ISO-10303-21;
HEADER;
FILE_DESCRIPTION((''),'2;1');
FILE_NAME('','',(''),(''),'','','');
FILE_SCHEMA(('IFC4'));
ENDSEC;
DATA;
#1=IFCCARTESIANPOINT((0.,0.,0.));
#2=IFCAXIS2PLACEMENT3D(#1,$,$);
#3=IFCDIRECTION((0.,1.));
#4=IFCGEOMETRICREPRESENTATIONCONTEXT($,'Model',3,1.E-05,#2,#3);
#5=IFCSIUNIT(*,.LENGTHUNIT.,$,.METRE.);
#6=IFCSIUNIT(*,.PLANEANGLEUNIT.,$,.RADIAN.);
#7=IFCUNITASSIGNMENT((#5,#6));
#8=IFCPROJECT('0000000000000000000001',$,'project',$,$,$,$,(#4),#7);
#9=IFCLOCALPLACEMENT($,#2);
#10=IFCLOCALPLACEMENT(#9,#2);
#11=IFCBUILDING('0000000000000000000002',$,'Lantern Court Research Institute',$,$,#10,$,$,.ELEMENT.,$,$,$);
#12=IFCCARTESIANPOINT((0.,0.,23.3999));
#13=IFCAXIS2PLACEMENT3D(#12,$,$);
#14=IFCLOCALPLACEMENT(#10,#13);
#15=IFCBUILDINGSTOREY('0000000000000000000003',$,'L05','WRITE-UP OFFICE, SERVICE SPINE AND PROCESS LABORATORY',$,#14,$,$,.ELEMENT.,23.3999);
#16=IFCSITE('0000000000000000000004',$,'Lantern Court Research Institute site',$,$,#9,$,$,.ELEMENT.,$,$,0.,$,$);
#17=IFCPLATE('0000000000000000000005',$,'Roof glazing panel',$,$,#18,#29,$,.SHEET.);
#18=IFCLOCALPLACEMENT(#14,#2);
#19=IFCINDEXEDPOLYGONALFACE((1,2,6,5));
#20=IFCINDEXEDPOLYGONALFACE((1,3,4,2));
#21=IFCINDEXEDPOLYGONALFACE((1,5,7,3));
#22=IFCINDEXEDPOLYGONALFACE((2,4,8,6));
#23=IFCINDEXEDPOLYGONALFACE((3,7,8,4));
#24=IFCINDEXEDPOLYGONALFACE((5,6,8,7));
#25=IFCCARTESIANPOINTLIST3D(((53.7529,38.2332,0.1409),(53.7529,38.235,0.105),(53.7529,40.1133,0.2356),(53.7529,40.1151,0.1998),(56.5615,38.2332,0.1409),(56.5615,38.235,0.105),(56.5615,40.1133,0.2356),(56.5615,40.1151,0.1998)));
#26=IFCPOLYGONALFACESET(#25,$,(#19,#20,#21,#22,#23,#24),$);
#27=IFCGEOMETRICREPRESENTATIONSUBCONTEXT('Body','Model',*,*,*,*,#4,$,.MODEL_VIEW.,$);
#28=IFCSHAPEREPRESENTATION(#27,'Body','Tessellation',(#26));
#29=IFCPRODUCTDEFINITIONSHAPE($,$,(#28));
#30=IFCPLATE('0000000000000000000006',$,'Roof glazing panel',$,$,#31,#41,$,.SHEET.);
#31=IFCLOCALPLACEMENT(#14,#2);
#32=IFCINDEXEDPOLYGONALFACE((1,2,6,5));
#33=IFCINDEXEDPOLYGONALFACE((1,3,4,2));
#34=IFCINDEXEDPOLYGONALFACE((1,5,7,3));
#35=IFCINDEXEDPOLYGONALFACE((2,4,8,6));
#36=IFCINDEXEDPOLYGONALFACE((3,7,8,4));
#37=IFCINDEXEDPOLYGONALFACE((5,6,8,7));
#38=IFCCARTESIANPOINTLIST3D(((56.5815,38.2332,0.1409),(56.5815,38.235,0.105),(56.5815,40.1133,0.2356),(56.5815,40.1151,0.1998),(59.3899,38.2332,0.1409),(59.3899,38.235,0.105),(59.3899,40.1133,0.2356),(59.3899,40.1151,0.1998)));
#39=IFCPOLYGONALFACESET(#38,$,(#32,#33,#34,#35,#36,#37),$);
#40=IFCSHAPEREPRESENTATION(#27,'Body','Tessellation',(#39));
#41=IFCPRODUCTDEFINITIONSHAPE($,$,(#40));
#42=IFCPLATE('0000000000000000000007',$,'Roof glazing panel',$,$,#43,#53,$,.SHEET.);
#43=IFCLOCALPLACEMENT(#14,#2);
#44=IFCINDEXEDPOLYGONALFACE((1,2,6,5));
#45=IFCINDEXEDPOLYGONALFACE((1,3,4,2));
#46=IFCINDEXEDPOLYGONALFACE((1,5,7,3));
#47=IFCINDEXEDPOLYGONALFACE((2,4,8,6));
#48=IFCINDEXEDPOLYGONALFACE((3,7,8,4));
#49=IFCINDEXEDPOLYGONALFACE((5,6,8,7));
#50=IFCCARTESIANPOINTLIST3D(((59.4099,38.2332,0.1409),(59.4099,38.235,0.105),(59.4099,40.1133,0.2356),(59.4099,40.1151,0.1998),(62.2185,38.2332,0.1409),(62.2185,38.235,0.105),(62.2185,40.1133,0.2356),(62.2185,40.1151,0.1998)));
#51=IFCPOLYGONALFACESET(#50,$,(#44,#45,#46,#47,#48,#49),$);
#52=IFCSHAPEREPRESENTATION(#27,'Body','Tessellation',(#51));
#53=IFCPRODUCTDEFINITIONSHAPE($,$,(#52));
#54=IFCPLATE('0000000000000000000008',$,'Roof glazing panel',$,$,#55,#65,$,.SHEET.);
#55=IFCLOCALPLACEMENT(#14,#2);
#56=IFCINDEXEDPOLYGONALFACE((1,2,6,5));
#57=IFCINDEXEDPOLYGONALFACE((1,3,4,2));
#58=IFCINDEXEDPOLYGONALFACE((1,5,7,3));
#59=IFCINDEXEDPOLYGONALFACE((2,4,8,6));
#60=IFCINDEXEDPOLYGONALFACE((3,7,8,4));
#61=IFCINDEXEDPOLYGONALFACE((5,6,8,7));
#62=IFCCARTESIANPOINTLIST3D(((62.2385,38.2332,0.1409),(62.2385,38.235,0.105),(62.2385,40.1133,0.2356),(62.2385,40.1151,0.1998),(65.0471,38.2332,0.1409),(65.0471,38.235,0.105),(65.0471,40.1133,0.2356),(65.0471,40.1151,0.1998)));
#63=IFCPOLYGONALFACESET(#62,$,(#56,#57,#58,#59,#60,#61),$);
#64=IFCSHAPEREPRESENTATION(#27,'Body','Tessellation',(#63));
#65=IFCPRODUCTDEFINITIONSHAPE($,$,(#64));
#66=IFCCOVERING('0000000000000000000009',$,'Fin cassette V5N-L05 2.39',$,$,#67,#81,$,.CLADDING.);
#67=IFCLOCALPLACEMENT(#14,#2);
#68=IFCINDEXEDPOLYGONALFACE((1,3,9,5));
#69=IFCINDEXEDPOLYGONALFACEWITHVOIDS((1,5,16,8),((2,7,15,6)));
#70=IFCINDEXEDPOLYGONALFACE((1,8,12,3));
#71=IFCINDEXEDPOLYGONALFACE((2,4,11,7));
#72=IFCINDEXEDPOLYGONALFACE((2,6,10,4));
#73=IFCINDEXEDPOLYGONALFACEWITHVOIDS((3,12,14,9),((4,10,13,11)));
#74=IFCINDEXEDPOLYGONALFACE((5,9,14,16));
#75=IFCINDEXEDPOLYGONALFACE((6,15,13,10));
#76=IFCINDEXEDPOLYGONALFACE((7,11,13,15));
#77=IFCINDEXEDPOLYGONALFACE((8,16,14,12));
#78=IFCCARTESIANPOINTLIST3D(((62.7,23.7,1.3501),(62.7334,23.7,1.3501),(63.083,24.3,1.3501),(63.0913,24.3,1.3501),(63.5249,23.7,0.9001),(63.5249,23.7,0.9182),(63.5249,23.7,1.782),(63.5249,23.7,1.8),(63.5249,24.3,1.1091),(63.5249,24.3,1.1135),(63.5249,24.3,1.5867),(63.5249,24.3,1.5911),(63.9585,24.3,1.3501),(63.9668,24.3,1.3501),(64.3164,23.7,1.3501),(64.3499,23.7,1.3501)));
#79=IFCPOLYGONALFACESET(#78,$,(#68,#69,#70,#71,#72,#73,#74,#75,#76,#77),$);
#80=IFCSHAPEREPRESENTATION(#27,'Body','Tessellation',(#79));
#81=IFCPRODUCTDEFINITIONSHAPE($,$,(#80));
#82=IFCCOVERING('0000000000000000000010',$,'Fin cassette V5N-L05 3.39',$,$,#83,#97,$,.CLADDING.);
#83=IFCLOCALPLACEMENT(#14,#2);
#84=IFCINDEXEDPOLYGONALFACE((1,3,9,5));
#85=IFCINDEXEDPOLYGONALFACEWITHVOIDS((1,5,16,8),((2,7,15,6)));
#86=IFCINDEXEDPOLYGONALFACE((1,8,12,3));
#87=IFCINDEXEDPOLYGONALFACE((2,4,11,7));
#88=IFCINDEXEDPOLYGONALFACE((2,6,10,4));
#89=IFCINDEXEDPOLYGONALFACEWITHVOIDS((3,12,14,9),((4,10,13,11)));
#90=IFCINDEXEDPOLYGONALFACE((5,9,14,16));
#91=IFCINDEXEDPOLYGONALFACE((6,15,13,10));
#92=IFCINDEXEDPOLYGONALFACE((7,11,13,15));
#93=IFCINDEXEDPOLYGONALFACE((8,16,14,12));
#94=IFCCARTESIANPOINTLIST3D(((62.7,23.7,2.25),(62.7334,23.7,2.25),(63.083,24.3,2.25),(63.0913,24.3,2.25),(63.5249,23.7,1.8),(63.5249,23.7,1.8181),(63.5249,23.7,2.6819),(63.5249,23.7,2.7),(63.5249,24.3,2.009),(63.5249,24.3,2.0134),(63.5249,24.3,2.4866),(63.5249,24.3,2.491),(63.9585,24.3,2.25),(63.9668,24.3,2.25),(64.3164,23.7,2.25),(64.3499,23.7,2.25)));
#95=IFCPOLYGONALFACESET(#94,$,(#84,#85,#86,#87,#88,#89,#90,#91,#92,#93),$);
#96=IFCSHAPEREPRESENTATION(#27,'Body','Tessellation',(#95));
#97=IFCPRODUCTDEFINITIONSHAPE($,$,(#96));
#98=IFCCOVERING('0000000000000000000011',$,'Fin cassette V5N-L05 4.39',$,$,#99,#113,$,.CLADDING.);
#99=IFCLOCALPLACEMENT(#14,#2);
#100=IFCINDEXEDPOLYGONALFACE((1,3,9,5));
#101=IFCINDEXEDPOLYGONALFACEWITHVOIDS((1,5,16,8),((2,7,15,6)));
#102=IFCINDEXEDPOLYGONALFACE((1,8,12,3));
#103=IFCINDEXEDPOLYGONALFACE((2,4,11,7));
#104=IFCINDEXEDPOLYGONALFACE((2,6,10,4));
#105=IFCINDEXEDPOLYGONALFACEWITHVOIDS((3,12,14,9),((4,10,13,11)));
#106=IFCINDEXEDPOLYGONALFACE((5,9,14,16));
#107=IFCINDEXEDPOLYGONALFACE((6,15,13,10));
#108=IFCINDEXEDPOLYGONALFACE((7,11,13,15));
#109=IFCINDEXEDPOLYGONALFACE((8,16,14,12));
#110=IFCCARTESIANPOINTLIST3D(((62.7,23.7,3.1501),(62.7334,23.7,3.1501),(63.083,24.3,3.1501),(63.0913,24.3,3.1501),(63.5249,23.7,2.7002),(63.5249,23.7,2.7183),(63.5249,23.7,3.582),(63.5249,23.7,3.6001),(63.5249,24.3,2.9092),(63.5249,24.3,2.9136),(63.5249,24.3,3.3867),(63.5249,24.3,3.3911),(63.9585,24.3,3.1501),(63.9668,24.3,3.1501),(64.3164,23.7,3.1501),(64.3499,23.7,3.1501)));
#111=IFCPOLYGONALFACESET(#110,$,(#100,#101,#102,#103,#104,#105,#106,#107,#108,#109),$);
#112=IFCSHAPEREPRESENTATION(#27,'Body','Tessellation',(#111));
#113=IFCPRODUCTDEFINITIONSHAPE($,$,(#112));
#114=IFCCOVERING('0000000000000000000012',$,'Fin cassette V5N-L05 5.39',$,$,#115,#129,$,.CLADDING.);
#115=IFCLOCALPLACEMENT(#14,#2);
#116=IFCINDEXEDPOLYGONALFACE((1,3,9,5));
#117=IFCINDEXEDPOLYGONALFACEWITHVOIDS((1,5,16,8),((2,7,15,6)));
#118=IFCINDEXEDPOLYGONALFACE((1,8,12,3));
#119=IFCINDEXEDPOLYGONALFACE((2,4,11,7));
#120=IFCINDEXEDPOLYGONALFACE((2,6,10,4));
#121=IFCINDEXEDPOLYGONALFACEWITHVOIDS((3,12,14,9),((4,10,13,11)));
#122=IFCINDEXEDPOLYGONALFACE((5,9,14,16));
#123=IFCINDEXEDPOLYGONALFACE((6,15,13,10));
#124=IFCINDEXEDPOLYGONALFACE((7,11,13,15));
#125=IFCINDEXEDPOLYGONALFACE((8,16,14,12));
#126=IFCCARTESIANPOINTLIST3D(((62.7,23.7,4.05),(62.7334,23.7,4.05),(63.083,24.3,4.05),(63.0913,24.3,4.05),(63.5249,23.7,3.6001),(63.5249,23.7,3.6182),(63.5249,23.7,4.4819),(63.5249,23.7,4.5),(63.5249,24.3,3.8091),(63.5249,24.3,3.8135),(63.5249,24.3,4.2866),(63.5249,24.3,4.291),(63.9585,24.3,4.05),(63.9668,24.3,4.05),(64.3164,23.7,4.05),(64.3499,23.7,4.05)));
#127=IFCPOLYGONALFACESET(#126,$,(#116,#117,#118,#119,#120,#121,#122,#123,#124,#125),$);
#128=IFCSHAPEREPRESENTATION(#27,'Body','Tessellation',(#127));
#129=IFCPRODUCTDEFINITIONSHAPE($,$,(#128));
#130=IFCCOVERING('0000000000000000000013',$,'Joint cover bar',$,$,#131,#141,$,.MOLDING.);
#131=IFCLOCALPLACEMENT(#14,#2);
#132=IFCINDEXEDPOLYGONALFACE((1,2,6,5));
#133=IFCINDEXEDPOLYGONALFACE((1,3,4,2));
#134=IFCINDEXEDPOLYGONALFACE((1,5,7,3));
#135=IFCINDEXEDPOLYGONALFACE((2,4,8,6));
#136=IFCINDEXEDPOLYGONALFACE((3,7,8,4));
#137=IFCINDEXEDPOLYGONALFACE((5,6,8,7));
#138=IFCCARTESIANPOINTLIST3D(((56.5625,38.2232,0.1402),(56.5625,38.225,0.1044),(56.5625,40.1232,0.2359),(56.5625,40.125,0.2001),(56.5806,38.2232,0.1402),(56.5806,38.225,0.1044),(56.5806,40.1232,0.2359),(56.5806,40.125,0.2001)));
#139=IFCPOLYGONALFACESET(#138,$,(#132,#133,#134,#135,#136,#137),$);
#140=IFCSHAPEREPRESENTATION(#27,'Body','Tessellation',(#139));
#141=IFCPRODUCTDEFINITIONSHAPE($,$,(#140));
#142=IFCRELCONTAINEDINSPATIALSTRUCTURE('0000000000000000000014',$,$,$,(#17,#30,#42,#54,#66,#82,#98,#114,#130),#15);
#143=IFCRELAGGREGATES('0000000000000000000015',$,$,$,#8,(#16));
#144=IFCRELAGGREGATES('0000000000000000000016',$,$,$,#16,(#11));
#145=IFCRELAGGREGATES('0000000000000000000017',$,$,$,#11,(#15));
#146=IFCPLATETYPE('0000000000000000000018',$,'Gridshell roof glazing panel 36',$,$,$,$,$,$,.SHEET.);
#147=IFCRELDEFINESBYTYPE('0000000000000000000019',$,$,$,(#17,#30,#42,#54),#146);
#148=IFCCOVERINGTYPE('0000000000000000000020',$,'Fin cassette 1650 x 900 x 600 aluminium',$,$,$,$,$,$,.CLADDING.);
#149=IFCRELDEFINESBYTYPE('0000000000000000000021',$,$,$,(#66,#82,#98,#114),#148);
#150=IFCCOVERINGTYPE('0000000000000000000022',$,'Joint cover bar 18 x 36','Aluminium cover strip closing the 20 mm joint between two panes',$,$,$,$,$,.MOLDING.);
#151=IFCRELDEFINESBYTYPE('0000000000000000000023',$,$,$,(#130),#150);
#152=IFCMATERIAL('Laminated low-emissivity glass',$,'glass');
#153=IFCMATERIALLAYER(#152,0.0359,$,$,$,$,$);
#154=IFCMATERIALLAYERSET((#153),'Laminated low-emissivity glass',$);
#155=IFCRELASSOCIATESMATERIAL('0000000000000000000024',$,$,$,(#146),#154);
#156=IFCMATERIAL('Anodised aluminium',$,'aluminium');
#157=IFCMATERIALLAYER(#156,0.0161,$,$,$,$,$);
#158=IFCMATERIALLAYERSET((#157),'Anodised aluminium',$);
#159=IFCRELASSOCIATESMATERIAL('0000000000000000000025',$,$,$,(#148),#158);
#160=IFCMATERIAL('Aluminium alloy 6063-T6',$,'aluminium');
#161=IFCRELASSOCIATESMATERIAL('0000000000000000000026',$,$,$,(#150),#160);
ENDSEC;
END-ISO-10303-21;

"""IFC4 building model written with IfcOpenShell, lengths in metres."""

from ifc_helpers import new_model, entity, si_unit, direction, frame, origin, origin_2d, place, context, subcontext, project, spatial, polyline, rectangle, outline, extrude, material, layer, layer_set, material_profile, profile_set, type_object, element, save


model = new_model("IFC4")

# Units and contexts
model_context = context("Model", 3, precision=1e-05, world=origin(), true_north=direction((0.0, 1.0)))
body_context = subcontext(model_context, "Body", "Model", "MODEL_VIEW")
ifc_project = project(units=[si_unit("LENGTHUNIT", "METRE"), si_unit("PLANEANGLEUNIT", "RADIAN")], contexts=[model_context])

# Site, building, storey
site_placement = place(None, origin())
site = spatial("IfcSite", under=ifc_project, at=site_placement, Name="Lantern Court Research Institute site", CompositionType="ELEMENT", RefElevation=0.0)
building_placement = place(site_placement, origin())
building = spatial("IfcBuilding", under=site, at=building_placement, Name="Lantern Court Research Institute", CompositionType="ELEMENT")
storey_placement = place(building_placement, frame((0.0, 0.0, 23.3999)))
storey = spatial("IfcBuildingStorey", under=building, at=storey_placement, Name="L05", Description="WRITE-UP OFFICE, SERVICE SPINE AND PROCESS LABORATORY", CompositionType="ELEMENT", Elevation=23.3999)

# Plates
ifc_material_1 = material(Name="Laminated low-emissivity glass", Category="glass")
ifc_layer_1 = layer(ifc_material_1, 0.0359)
ifc_layer_set_1 = layer_set([ifc_layer_1], Name="Laminated low-emissivity glass")
plate_type = type_object("IfcPlateType", Name="Gridshell roof glazing panel 36", PredefinedType="SHEET", material=ifc_layer_set_1)
plate_1_placement = place(storey_placement, frame((56.5615, 38.2332, 0.1409), z_axis=(0.0, -0.050319, 0.998733), x_axis=(-1.0, 0.0, 0.0)))
element("IfcPlate", 1, at=plate_1_placement, inside=storey, type_object=plate_type, Name="Roof glazing panel", PredefinedType="SHEET", context=body_context, shape_type="SweptSolid", body=[
    extrude(outline(polyline([(0.0, 0.0), (2.8086, 0.0), (2.8086, -1.8825), (0.0, -1.8825), (0.0, 0.0)])), origin(), (0.0, 0.0, -1.0), 0.0359),
])
plate_2_placement = place(storey_placement, frame((59.3899, 38.2332, 0.1409), z_axis=(0.0, -0.050319, 0.998733), x_axis=(-1.0, 0.0, 0.0)))
element("IfcPlate", 2, at=plate_2_placement, inside=storey, type_object=plate_type, Name="Roof glazing panel", PredefinedType="SHEET", context=body_context, shape_type="SweptSolid", body=[
    extrude(outline(polyline([(0.0, 0.0), (2.8083, 0.0), (2.8083, -1.8825), (0.0, -1.8825), (0.0, 0.0)])), origin(), (0.0, 0.0, -1.0), 0.0359),
])
for number, where, z_axis, x_axis, name in (
    (3, (62.2185, 38.2332, 0.1409), (0.0, -0.050319, 0.998733), (-1.0, 0.0, 0.0), "Roof glazing panel"),
    (4, (65.0471, 38.2332, 0.1409), (0.0, -0.050319, 0.998733), (-1.0, 0.0, 0.0), "Roof glazing panel"),
):
    element("IfcPlate", number, at=place(storey_placement, frame(where, z_axis=z_axis, x_axis=x_axis)), inside=storey, type_object=plate_type, Name=name, PredefinedType="SHEET", context=body_context, shape_type="SweptSolid", body=[
        extrude(outline(polyline([(0.0, 0.0), (2.8086, 0.0), (2.8086, -1.8825), (0.0, -1.8825), (0.0, 0.0)])), origin(), (0.0, 0.0, -1.0), 0.0359),
    ])

# Coverings
ifc_material_2 = material(Name="Anodised aluminium", Category="aluminium")
ifc_layer_2 = layer(ifc_material_2, 0.0161)
ifc_layer_set_2 = layer_set([ifc_layer_2], Name="Anodised aluminium")
covering_type_1 = type_object("IfcCoveringType", Name="Fin cassette 1650 x 900 x 600 aluminium", PredefinedType="CLADDING", material=ifc_layer_set_2)
covering_1_placement = place(storey_placement, frame((63.5249, 23.7, 1.3501), z_axis=(0.0, 1.0, 0.0), x_axis=(-1.0, 0.0, 0.0)))
cartesian_point_1 = entity("IfcCartesianPoint", [0.825, 0.0])
cartesian_point_2 = entity("IfcCartesianPoint", [0.7915, 0.0])
cartesian_point_3 = entity("IfcCartesianPoint", [0.4419, 0.0])
cartesian_point_4 = entity("IfcCartesianPoint", [0.4336, 0.0])
element("IfcCovering", 5, at=covering_1_placement, inside=storey, type_object=covering_type_1, Name="Fin cassette V5N-L05 2.39", PredefinedType="CLADDING", context=body_context, shape_type="SweptSolid", body=[
    entity("IfcExtrudedAreaSolidTapered", entity("IfcArbitraryProfileDefWithVoids", "AREA", None, entity("IfcPolyline", [cartesian_point_1, entity("IfcCartesianPoint", [0.0, 0.45]), entity("IfcCartesianPoint", [-0.825, 0.0]), entity("IfcCartesianPoint", [0.0, -0.45]), cartesian_point_1]), [entity("IfcPolyline", [cartesian_point_2, entity("IfcCartesianPoint", [0.0, 0.4319]), entity("IfcCartesianPoint", [-0.7915, 0.0]), entity("IfcCartesianPoint", [0.0, -0.4319]), cartesian_point_2])]), entity("IfcAxis2Placement3D", entity("IfcCartesianPoint", [0.0, 0.0, 0.0])), entity("IfcDirection", [0.0, 0.0, 1.0]), 0.6001, entity("IfcArbitraryProfileDefWithVoids", "AREA", None, entity("IfcPolyline", [cartesian_point_3, entity("IfcCartesianPoint", [0.0, 0.241]), entity("IfcCartesianPoint", [-0.4419, 0.0]), entity("IfcCartesianPoint", [0.0, -0.241]), cartesian_point_3]), [entity("IfcPolyline", [cartesian_point_4, entity("IfcCartesianPoint", [0.0, 0.2366]), entity("IfcCartesianPoint", [-0.4336, 0.0]), entity("IfcCartesianPoint", [0.0, -0.2366]), cartesian_point_4])])),
])
covering_2_placement = place(storey_placement, frame((63.5249, 23.7, 2.25), z_axis=(0.0, 1.0, 0.0), x_axis=(-1.0, 0.0, 0.0)))
cartesian_point_5 = entity("IfcCartesianPoint", [0.825, 0.0])
cartesian_point_6 = entity("IfcCartesianPoint", [0.7915, 0.0])
cartesian_point_7 = entity("IfcCartesianPoint", [0.4419, 0.0])
cartesian_point_8 = entity("IfcCartesianPoint", [0.4336, 0.0])
element("IfcCovering", 6, at=covering_2_placement, inside=storey, type_object=covering_type_1, Name="Fin cassette V5N-L05 3.39", PredefinedType="CLADDING", context=body_context, shape_type="SweptSolid", body=[
    entity("IfcExtrudedAreaSolidTapered", entity("IfcArbitraryProfileDefWithVoids", "AREA", None, entity("IfcPolyline", [cartesian_point_5, entity("IfcCartesianPoint", [0.0, 0.45]), entity("IfcCartesianPoint", [-0.825, 0.0]), entity("IfcCartesianPoint", [0.0, -0.45]), cartesian_point_5]), [entity("IfcPolyline", [cartesian_point_6, entity("IfcCartesianPoint", [0.0, 0.4319]), entity("IfcCartesianPoint", [-0.7915, 0.0]), entity("IfcCartesianPoint", [0.0, -0.4319]), cartesian_point_6])]), entity("IfcAxis2Placement3D", entity("IfcCartesianPoint", [0.0, 0.0, 0.0])), entity("IfcDirection", [0.0, 0.0, 1.0]), 0.6001, entity("IfcArbitraryProfileDefWithVoids", "AREA", None, entity("IfcPolyline", [cartesian_point_7, entity("IfcCartesianPoint", [0.0, 0.241]), entity("IfcCartesianPoint", [-0.4419, 0.0]), entity("IfcCartesianPoint", [0.0, -0.241]), cartesian_point_7]), [entity("IfcPolyline", [cartesian_point_8, entity("IfcCartesianPoint", [0.0, 0.2366]), entity("IfcCartesianPoint", [-0.4336, 0.0]), entity("IfcCartesianPoint", [0.0, -0.2366]), cartesian_point_8])])),
])
covering_3_placement = place(storey_placement, frame((63.5249, 23.7, 3.1501), z_axis=(0.0, 1.0, 0.0), x_axis=(-1.0, 0.0, 0.0)))
cartesian_point_9 = entity("IfcCartesianPoint", [0.825, 0.0])
cartesian_point_10 = entity("IfcCartesianPoint", [0.7915, 0.0])
cartesian_point_11 = entity("IfcCartesianPoint", [0.4419, 0.0])
cartesian_point_12 = entity("IfcCartesianPoint", [0.4336, 0.0])
element("IfcCovering", 7, at=covering_3_placement, inside=storey, type_object=covering_type_1, Name="Fin cassette V5N-L05 4.39", PredefinedType="CLADDING", context=body_context, shape_type="SweptSolid", body=[
    entity("IfcExtrudedAreaSolidTapered", entity("IfcArbitraryProfileDefWithVoids", "AREA", None, entity("IfcPolyline", [cartesian_point_9, entity("IfcCartesianPoint", [0.0, 0.45]), entity("IfcCartesianPoint", [-0.825, 0.0]), entity("IfcCartesianPoint", [0.0, -0.45]), cartesian_point_9]), [entity("IfcPolyline", [cartesian_point_10, entity("IfcCartesianPoint", [0.0, 0.4319]), entity("IfcCartesianPoint", [-0.7915, 0.0]), entity("IfcCartesianPoint", [0.0, -0.4319]), cartesian_point_10])]), entity("IfcAxis2Placement3D", entity("IfcCartesianPoint", [0.0, 0.0, 0.0])), entity("IfcDirection", [0.0, 0.0, 1.0]), 0.6001, entity("IfcArbitraryProfileDefWithVoids", "AREA", None, entity("IfcPolyline", [cartesian_point_11, entity("IfcCartesianPoint", [0.0, 0.241]), entity("IfcCartesianPoint", [-0.4419, 0.0]), entity("IfcCartesianPoint", [0.0, -0.241]), cartesian_point_11]), [entity("IfcPolyline", [cartesian_point_12, entity("IfcCartesianPoint", [0.0, 0.2366]), entity("IfcCartesianPoint", [-0.4336, 0.0]), entity("IfcCartesianPoint", [0.0, -0.2366]), cartesian_point_12])])),
])
covering_4_placement = place(storey_placement, frame((63.5249, 23.7, 4.05), z_axis=(0.0, 1.0, 0.0), x_axis=(-1.0, 0.0, 0.0)))
cartesian_point_13 = entity("IfcCartesianPoint", [0.825, 0.0])
cartesian_point_14 = entity("IfcCartesianPoint", [0.7915, 0.0])
cartesian_point_15 = entity("IfcCartesianPoint", [0.4419, 0.0])
cartesian_point_16 = entity("IfcCartesianPoint", [0.4336, 0.0])
element("IfcCovering", 8, at=covering_4_placement, inside=storey, type_object=covering_type_1, Name="Fin cassette V5N-L05 5.39", PredefinedType="CLADDING", context=body_context, shape_type="SweptSolid", body=[
    entity("IfcExtrudedAreaSolidTapered", entity("IfcArbitraryProfileDefWithVoids", "AREA", None, entity("IfcPolyline", [cartesian_point_13, entity("IfcCartesianPoint", [0.0, 0.45]), entity("IfcCartesianPoint", [-0.825, 0.0]), entity("IfcCartesianPoint", [0.0, -0.45]), cartesian_point_13]), [entity("IfcPolyline", [cartesian_point_14, entity("IfcCartesianPoint", [0.0, 0.4319]), entity("IfcCartesianPoint", [-0.7915, 0.0]), entity("IfcCartesianPoint", [0.0, -0.4319]), cartesian_point_14])]), entity("IfcAxis2Placement3D", entity("IfcCartesianPoint", [0.0, 0.0, 0.0])), entity("IfcDirection", [0.0, 0.0, 1.0]), 0.6001, entity("IfcArbitraryProfileDefWithVoids", "AREA", None, entity("IfcPolyline", [cartesian_point_15, entity("IfcCartesianPoint", [0.0, 0.241]), entity("IfcCartesianPoint", [-0.4419, 0.0]), entity("IfcCartesianPoint", [0.0, -0.241]), cartesian_point_15]), [entity("IfcPolyline", [cartesian_point_16, entity("IfcCartesianPoint", [0.0, 0.2366]), entity("IfcCartesianPoint", [-0.4336, 0.0]), entity("IfcCartesianPoint", [0.0, -0.2366]), cartesian_point_16])])),
])
ifc_material_3 = material(Name="Aluminium alloy 6063-T6", Category="aluminium")
ifc_material_profile_1 = material_profile(ifc_material_3, rectangle(XDim=0.0181, YDim=0.0359, at=origin_2d()), Name="Joint cover bar 18 x 36")
ifc_profile_set_1 = profile_set([ifc_material_profile_1], Name="Aluminium alloy 6063-T6")
covering_type_2 = type_object("IfcCoveringType", Name="Joint cover bar 18 x 36", Description="Aluminium cover strip closing the 20 mm joint between two panes", PredefinedType="MOLDING", material=ifc_profile_set_1)
covering_5_placement = place(storey_placement, frame((56.5715, 38.2241, 0.1223), z_axis=(0.0, 0.998734, 0.050309), x_axis=(-1.0, 0.0, 0.0)))
element("IfcCovering", 9, at=covering_5_placement, inside=storey, type_object=covering_type_2, Name="Joint cover bar", PredefinedType="MOLDING", context=body_context, shape_type="SweptSolid", body=[
    extrude(rectangle(XDim=0.0181, YDim=0.0359, at=origin_2d()), origin(), (0.0, 0.0, 1.0), 1.9023),
])

save(model, "model.ifc")
